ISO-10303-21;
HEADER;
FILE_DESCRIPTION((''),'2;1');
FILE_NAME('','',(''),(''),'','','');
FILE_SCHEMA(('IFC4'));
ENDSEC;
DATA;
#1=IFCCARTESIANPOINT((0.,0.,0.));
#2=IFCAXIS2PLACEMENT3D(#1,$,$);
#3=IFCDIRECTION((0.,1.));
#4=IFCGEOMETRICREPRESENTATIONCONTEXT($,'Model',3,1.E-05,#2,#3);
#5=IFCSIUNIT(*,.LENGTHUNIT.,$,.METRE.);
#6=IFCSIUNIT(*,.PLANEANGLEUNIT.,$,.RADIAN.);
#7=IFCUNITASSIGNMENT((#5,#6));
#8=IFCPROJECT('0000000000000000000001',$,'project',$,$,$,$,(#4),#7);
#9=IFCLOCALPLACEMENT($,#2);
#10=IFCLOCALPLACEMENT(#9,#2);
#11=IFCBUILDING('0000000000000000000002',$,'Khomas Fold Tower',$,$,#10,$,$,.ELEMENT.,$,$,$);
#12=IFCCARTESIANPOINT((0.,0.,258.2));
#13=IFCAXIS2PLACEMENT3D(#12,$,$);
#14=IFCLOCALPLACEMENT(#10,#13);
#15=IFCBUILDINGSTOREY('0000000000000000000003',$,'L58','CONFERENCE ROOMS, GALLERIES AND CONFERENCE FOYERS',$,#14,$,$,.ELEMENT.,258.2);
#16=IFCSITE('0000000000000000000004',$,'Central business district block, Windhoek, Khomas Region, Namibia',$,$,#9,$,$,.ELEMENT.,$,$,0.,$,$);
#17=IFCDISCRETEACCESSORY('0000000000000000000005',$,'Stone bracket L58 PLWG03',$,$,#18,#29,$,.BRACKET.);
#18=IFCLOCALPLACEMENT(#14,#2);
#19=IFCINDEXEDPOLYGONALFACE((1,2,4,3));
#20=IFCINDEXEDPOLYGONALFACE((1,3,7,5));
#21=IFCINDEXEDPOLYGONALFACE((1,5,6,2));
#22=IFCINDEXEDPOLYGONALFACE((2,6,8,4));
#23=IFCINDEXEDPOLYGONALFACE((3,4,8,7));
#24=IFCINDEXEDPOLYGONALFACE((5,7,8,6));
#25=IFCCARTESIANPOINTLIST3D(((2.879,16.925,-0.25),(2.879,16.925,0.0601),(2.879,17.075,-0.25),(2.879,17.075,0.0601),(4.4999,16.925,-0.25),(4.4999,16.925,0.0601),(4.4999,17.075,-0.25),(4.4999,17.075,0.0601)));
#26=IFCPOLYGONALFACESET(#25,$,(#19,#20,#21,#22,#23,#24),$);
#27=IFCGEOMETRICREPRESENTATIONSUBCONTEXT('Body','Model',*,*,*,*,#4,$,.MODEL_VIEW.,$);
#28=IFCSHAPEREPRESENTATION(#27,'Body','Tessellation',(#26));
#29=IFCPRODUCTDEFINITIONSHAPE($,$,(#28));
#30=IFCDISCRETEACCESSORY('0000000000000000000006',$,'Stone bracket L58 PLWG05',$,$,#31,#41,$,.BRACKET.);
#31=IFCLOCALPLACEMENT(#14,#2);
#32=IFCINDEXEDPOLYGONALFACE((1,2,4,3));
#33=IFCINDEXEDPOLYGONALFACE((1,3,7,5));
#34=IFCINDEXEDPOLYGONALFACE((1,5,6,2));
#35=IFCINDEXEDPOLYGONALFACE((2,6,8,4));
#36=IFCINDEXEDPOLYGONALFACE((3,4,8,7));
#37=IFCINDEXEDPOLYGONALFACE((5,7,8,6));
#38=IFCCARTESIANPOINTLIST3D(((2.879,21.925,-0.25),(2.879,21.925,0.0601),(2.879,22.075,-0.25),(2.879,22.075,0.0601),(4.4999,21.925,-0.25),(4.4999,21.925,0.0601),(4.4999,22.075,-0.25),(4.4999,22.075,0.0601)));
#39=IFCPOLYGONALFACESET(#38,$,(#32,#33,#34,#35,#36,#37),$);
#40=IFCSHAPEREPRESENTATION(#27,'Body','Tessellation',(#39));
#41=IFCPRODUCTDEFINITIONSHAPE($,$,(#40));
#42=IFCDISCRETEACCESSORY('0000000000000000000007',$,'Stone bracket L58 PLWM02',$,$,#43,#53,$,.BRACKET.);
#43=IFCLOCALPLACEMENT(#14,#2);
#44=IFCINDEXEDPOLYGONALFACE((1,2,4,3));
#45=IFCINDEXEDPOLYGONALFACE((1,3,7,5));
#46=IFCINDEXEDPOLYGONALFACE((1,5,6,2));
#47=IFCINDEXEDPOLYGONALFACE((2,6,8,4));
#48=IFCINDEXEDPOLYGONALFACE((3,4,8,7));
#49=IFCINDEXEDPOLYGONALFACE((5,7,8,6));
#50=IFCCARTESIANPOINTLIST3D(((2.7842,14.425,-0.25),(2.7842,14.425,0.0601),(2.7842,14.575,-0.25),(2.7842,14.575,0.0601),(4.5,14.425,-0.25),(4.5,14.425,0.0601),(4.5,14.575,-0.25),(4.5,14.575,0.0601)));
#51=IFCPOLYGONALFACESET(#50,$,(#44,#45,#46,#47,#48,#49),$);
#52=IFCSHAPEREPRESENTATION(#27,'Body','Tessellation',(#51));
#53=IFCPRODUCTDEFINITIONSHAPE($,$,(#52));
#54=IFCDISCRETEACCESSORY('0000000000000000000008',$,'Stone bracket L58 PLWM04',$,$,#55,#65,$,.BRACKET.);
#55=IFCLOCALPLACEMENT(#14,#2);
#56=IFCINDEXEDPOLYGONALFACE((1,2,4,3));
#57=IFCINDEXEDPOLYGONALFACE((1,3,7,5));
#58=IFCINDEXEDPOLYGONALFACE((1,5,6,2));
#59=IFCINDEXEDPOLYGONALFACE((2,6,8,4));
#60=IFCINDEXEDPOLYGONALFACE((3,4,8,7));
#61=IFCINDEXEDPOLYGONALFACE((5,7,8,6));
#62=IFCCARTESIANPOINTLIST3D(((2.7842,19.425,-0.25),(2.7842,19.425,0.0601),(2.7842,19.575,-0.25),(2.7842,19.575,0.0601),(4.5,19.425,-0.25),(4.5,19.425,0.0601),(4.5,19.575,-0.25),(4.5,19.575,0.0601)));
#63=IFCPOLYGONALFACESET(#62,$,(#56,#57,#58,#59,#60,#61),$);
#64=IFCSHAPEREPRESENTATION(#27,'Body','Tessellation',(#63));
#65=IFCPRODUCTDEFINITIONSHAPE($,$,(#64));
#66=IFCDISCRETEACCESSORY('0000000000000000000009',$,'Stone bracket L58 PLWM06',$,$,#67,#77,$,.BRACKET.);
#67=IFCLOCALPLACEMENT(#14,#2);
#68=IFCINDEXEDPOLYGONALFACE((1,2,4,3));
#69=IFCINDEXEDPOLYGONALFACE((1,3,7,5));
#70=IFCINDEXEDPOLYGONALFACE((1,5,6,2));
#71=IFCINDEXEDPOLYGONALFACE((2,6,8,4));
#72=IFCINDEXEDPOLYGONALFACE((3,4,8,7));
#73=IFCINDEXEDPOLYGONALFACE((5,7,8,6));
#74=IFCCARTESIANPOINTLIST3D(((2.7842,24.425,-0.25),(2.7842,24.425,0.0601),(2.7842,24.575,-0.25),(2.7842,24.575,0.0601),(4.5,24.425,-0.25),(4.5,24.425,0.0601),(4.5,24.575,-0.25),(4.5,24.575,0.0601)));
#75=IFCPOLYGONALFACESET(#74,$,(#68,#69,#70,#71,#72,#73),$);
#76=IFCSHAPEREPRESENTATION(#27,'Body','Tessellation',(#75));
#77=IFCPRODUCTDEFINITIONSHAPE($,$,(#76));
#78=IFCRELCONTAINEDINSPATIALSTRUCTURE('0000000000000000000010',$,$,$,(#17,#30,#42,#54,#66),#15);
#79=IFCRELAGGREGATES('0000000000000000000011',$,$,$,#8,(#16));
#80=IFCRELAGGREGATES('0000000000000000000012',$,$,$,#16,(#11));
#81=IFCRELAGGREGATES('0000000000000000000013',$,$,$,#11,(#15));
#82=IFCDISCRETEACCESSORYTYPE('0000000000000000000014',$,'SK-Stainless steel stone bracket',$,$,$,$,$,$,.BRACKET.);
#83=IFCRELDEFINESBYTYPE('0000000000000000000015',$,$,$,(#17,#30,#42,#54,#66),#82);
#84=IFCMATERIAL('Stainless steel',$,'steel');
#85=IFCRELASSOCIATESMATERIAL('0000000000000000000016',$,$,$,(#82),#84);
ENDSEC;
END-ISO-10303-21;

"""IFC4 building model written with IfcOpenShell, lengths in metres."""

from ifc_helpers import new_model, si_unit, direction, frame, origin, origin_2d, place, context, subcontext, project, spatial, rectangle, extrude, source, transform, mapped, material, type_object, element, save


model = new_model("IFC4")

# Units and contexts
model_context = context("Model", 3, precision=1e-05, world=origin(), true_north=direction((0.0, 1.0)))
body_context = subcontext(model_context, "Body", "Model", "MODEL_VIEW")
ifc_project = project(units=[si_unit("LENGTHUNIT", "METRE"), si_unit("PLANEANGLEUNIT", "RADIAN")], contexts=[model_context])

# Site, building, storey
site_placement = place(None, origin())
site = spatial("IfcSite", under=ifc_project, at=site_placement, Name="Central business district block, Windhoek, Khomas Region, Namibia", CompositionType="ELEMENT", RefElevation=0.0)
building_placement = place(site_placement, origin())
building = spatial("IfcBuilding", under=site, at=building_placement, Name="Khomas Fold Tower", CompositionType="ELEMENT")
storey_placement = place(building_placement, frame((0.0, 0.0, 258.2)))
storey = spatial("IfcBuildingStorey", under=building, at=storey_placement, Name="L58", Description="CONFERENCE ROOMS, GALLERIES AND CONFERENCE FOYERS", CompositionType="ELEMENT", Elevation=258.2)

# Discrete accessories
ifc_material_1 = material(Name="Stainless steel", Category="steel")
discrete_accessory_type = type_object("IfcDiscreteAccessoryType", Name="SK-Stainless steel stone bracket", PredefinedType="BRACKET", material=ifc_material_1)
shared_shape_1 = source(origin(), body_context, "Body", "SweptSolid", [
    extrude(rectangle(XDim=1.6208, YDim=0.1499, at=origin_2d()), origin(), (0.0, 0.0, 1.0), 0.3101),
])
for number, where, z_axis, x_axis, name in (
    (1, (3.6895, 17.0, -0.25), (0.0, 0.0, 1.0), (-1.0, 0.0, 0.0), "Stone bracket L58 PLWG03"),
    (2, (3.6895, 22.0, -0.25), (0.0, 0.0, 1.0), (-1.0, 0.0, 0.0), "Stone bracket L58 PLWG05"),
):
    element("IfcDiscreteAccessory", number, at=place(storey_placement, frame(where, z_axis=z_axis, x_axis=x_axis)), inside=storey, type_object=discrete_accessory_type, Name=name, PredefinedType="BRACKET", context=body_context, shape_type="MappedRepresentation", body=[
        mapped(shared_shape_1, transform((0.0, 0.0, 0.0))),
    ])
shared_shape_2 = source(origin(), body_context, "Body", "SweptSolid", [
    extrude(rectangle(XDim=1.7158, YDim=0.1499, at=origin_2d()), origin(), (0.0, 0.0, 1.0), 0.3101),
])
for number, where, z_axis, x_axis, name in (
    (3, (3.6421, 14.5, -0.25), (0.0, 0.0, 1.0), (-1.0, 0.0, 0.0), "Stone bracket L58 PLWM02"),
    (4, (3.6421, 19.5, -0.25), (0.0, 0.0, 1.0), (-1.0, 0.0, 0.0), "Stone bracket L58 PLWM04"),
    (5, (3.6421, 24.5, -0.25), (0.0, 0.0, 1.0), (-1.0, 0.0, 0.0), "Stone bracket L58 PLWM06"),
):
    element("IfcDiscreteAccessory", number, at=place(storey_placement, frame(where, z_axis=z_axis, x_axis=x_axis)), inside=storey, type_object=discrete_accessory_type, Name=name, PredefinedType="BRACKET", context=body_context, shape_type="MappedRepresentation", body=[
        mapped(shared_shape_2, transform((0.0, 0.0, 0.0))),
    ])

save(model, "model.ifc")
